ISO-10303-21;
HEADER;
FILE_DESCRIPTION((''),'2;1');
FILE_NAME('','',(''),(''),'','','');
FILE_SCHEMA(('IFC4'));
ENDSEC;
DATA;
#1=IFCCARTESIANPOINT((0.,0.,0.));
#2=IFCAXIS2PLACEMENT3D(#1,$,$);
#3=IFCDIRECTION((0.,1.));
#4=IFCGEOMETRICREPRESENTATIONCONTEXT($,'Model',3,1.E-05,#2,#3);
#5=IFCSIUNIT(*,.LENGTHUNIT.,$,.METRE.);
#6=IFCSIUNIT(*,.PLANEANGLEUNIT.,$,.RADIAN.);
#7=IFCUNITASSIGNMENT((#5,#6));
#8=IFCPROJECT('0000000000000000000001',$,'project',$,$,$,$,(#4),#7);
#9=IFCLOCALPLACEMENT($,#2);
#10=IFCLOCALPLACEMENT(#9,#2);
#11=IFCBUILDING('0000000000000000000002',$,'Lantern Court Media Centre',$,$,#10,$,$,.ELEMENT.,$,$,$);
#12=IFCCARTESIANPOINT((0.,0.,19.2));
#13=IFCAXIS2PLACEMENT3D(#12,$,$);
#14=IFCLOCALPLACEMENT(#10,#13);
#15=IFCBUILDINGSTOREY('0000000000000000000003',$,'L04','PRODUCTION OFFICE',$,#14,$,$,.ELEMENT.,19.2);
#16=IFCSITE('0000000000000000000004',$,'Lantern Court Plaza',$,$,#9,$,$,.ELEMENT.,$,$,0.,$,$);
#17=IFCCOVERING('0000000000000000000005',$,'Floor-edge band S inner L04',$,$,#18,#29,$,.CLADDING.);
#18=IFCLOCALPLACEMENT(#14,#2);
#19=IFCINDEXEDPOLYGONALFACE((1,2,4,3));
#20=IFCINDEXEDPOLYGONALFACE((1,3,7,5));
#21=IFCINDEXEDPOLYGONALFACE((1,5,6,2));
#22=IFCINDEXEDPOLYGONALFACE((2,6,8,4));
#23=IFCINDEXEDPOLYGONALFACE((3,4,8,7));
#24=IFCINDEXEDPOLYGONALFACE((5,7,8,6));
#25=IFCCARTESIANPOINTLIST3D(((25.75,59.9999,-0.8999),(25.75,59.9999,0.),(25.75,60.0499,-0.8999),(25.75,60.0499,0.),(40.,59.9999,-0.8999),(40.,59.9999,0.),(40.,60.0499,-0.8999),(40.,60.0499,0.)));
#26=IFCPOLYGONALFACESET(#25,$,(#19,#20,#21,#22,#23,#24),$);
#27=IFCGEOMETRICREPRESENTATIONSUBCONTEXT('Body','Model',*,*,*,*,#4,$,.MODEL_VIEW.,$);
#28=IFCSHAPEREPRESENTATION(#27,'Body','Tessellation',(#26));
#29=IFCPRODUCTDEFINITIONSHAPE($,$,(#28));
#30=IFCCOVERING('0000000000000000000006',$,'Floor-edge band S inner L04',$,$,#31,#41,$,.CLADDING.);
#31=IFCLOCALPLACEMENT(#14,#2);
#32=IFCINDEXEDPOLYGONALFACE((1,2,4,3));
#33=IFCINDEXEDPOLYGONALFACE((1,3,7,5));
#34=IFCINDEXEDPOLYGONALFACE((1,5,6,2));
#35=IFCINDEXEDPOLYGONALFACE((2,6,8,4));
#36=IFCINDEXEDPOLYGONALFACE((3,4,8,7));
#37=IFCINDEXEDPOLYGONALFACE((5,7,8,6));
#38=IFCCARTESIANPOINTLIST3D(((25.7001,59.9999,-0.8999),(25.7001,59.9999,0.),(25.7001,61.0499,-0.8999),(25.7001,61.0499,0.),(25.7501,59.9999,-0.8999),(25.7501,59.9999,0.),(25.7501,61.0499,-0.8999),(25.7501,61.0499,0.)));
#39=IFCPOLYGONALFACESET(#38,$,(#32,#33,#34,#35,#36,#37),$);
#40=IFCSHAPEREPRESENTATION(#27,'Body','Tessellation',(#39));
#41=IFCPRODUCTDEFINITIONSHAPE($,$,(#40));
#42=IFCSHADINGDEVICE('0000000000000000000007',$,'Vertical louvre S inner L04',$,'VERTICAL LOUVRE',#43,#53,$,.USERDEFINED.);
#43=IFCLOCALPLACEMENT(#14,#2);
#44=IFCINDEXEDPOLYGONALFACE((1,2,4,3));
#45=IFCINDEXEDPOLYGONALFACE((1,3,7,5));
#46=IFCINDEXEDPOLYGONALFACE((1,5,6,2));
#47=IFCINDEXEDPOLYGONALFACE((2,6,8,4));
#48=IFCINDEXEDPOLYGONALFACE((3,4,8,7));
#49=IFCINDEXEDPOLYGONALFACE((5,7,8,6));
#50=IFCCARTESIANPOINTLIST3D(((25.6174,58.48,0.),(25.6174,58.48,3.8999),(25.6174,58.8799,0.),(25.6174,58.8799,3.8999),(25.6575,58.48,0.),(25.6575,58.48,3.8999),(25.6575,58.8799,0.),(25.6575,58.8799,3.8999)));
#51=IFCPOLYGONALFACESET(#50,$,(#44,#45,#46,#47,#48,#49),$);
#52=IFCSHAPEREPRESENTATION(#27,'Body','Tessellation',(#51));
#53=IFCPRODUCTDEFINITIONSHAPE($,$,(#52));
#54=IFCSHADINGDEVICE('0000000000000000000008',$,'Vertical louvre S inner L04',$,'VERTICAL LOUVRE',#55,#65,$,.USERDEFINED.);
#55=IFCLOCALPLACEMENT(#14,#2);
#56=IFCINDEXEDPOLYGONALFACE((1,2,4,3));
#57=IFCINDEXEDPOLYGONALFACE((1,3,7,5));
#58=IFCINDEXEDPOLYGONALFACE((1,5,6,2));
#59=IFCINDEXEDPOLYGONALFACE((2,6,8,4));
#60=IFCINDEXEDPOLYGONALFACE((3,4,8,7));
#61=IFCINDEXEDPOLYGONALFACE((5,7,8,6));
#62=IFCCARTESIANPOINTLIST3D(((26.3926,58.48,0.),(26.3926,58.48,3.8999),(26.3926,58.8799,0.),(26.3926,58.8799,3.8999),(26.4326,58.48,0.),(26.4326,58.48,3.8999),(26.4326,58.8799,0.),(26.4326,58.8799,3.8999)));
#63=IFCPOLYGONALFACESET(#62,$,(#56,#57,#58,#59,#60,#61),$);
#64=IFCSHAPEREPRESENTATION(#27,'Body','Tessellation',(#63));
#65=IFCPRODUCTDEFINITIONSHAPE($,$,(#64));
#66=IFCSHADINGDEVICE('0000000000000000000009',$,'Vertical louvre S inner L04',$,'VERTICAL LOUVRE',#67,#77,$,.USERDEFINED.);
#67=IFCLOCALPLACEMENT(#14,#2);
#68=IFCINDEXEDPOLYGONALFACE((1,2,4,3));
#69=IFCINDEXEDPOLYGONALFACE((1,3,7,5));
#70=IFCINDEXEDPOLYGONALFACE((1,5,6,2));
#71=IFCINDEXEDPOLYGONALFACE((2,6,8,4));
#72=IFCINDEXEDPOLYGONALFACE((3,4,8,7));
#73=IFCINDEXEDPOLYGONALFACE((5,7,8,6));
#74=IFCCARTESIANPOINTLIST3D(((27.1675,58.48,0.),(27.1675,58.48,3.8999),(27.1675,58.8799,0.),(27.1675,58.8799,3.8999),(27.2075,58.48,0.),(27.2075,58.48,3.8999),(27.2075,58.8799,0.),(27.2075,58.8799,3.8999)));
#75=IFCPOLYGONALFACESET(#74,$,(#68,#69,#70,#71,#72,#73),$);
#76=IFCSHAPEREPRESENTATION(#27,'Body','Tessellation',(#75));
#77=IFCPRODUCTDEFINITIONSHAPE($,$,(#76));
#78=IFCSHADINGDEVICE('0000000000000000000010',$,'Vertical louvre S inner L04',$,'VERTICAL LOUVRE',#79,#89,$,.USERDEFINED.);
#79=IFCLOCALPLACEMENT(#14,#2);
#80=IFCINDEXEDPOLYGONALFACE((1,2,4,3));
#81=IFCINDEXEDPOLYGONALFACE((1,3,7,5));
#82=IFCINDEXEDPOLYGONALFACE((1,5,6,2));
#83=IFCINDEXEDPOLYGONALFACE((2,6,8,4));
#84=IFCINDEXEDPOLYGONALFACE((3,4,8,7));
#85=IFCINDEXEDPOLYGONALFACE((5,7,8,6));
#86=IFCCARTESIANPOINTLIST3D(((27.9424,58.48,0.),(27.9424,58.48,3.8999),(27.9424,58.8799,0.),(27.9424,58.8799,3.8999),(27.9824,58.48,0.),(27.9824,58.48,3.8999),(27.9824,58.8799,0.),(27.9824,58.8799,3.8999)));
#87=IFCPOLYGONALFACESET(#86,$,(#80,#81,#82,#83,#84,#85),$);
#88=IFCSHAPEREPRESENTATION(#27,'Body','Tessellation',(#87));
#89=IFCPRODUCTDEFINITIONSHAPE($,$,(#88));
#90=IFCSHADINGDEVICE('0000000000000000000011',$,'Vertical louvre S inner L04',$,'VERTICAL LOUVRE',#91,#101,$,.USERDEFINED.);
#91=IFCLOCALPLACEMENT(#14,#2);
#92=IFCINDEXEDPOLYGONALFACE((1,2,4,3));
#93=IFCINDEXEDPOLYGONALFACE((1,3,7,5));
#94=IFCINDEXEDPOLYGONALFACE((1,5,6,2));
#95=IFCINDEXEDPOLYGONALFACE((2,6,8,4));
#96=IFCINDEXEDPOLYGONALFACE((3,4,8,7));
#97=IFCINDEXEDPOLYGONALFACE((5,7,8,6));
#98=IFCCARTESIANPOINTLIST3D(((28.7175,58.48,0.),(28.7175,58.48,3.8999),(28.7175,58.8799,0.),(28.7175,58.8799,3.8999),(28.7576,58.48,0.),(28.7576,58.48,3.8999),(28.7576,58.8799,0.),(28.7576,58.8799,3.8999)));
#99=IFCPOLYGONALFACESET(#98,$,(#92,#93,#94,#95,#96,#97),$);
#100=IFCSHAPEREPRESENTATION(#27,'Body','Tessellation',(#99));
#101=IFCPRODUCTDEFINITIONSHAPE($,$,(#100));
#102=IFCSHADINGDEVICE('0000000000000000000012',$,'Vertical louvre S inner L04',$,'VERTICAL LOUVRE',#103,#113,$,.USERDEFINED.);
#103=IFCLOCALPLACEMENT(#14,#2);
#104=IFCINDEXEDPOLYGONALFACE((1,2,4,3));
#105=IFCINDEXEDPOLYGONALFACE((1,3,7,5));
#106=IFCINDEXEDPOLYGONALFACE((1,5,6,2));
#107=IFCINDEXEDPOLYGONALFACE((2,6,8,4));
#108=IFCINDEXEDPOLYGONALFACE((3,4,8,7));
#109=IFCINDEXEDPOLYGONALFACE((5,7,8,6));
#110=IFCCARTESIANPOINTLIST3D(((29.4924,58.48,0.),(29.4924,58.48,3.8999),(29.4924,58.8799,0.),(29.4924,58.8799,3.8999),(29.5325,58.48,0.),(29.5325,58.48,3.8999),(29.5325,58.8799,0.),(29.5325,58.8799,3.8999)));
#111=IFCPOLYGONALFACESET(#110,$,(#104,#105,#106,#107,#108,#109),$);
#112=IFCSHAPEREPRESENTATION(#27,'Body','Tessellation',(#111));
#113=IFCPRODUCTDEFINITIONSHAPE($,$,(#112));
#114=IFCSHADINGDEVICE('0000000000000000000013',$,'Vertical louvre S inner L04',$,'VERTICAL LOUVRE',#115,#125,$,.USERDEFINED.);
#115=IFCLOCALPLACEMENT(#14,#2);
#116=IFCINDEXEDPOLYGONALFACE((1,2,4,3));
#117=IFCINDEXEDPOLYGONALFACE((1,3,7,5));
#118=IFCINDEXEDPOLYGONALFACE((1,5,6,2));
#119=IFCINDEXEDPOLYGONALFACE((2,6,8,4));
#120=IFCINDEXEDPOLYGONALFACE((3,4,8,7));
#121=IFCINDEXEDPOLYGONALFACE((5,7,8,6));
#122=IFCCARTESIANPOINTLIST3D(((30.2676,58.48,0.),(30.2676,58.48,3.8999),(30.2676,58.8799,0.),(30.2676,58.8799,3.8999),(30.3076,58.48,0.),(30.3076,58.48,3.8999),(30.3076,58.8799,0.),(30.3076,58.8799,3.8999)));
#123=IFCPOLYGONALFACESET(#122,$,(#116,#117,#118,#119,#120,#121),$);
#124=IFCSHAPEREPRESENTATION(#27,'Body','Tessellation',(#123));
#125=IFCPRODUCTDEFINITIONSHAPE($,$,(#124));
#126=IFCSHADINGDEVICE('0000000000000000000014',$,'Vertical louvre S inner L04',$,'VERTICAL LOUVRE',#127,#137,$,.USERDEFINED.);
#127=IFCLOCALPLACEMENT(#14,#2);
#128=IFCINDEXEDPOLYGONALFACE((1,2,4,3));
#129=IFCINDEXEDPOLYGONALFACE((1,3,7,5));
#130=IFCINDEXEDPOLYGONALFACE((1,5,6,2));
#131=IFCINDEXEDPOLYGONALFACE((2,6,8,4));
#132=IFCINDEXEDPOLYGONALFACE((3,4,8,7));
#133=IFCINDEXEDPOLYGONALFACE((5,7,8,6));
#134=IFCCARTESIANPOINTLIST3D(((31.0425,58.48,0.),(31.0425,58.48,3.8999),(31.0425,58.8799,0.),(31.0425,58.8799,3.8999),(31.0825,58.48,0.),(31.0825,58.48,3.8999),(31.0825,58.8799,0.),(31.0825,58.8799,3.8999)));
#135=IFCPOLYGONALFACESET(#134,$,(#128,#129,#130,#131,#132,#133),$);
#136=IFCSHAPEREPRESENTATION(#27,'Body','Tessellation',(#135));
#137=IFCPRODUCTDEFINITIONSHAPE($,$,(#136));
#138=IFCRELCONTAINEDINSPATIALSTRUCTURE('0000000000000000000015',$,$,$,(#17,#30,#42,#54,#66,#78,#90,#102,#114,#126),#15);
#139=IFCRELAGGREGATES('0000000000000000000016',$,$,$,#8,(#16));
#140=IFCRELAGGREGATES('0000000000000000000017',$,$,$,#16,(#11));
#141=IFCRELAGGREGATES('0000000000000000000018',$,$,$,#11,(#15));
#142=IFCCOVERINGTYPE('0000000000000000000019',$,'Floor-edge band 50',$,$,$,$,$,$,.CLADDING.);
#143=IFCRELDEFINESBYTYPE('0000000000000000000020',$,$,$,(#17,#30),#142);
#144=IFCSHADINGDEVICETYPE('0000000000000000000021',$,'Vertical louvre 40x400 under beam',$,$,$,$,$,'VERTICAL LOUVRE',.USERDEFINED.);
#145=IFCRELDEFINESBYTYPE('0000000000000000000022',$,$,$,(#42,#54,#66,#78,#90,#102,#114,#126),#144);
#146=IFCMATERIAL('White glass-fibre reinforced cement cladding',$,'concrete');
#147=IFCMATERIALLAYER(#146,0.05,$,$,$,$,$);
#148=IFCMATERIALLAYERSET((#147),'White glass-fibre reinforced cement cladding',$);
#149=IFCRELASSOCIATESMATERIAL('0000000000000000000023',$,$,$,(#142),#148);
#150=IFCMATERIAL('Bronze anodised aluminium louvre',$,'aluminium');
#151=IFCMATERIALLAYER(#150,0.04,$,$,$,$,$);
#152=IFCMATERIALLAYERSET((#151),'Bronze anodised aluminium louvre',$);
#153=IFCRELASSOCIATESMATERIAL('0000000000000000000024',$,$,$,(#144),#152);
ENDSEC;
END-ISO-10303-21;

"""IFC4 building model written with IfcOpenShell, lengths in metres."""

from ifc_helpers import new_model, si_unit, direction, frame, frame_2d, origin, origin_2d, place, context, subcontext, project, spatial, rectangle, extrude, material, layer, layer_set, type_object, element, save


model = new_model("IFC4")

# Units and contexts
model_context = context("Model", 3, precision=1e-05, world=origin(), true_north=direction((0.0, 1.0)))
body_context = subcontext(model_context, "Body", "Model", "MODEL_VIEW")
ifc_project = project(units=[si_unit("LENGTHUNIT", "METRE"), si_unit("PLANEANGLEUNIT", "RADIAN")], contexts=[model_context])

# Site, building, storey
site_placement = place(None, origin())
site = spatial("IfcSite", under=ifc_project, at=site_placement, Name="Lantern Court Plaza", CompositionType="ELEMENT", RefElevation=0.0)
building_placement = place(site_placement, origin())
building = spatial("IfcBuilding", under=site, at=building_placement, Name="Lantern Court Media Centre", CompositionType="ELEMENT")
storey_placement = place(building_placement, frame((0.0, 0.0, 19.2)))
storey = spatial("IfcBuildingStorey", under=building, at=storey_placement, Name="L04", Description="PRODUCTION OFFICE", CompositionType="ELEMENT", Elevation=19.2)

# Coverings
ifc_material_1 = material(Name="White glass-fibre reinforced cement cladding", Category="concrete")
ifc_layer_1 = layer(ifc_material_1, 0.05)
ifc_layer_set_1 = layer_set([ifc_layer_1], Name="White glass-fibre reinforced cement cladding")
covering_type = type_object("IfcCoveringType", Name="Floor-edge band 50", PredefinedType="CLADDING", material=ifc_layer_set_1)
covering_1_placement = place(storey_placement, frame((25.75, 60.0249, -0.8999), z_axis=(0.0, 0.0, 1.0), x_axis=(1.0, 0.0, 0.0)))
element("IfcCovering", 1, at=covering_1_placement, inside=storey, type_object=covering_type, Name="Floor-edge band S inner L04", PredefinedType="CLADDING", context=body_context, shape_type="SweptSolid", body=[
    extrude(rectangle(XDim=14.25, YDim=0.05, at=frame_2d((7.125, 0.0))), origin(), (0.0, 0.0, 1.0), 0.8999),
])
covering_2_placement = place(storey_placement, frame((25.7251, 60.0, -0.8999), z_axis=(0.0, 0.0, 1.0), x_axis=(0.0, 1.0, 0.0)))
element("IfcCovering", 2, at=covering_2_placement, inside=storey, type_object=covering_type, Name="Floor-edge band S inner L04", PredefinedType="CLADDING", context=body_context, shape_type="SweptSolid", body=[
    extrude(rectangle(XDim=1.05, YDim=0.05, at=frame_2d((0.5249, 0.0))), origin(), (0.0, 0.0, 1.0), 0.8999),
])

# Shading devices
ifc_material_2 = material(Name="Bronze anodised aluminium louvre", Category="aluminium")
ifc_layer_2 = layer(ifc_material_2, 0.04)
ifc_layer_set_2 = layer_set([ifc_layer_2], Name="Bronze anodised aluminium louvre")
shading_device_type = type_object("IfcShadingDeviceType", Name="Vertical louvre 40x400 under beam", ElementType="VERTICAL LOUVRE", PredefinedType="USERDEFINED", material=ifc_layer_set_2)
for number, where, z_axis, x_axis, name in (
    (3, (25.6375, 58.6799, 0.0), (0.0, 0.0, 1.0), (1.0, 0.0, 0.0), "Vertical louvre S inner L04"),
    (4, (26.4126, 58.6799, 0.0), (0.0, 0.0, 1.0), (1.0, 0.0, 0.0), "Vertical louvre S inner L04"),
    (5, (27.1875, 58.6799, 0.0), (0.0, 0.0, 1.0), (1.0, 0.0, 0.0), "Vertical louvre S inner L04"),
    (6, (27.9624, 58.6799, 0.0), (0.0, 0.0, 1.0), (1.0, 0.0, 0.0), "Vertical louvre S inner L04"),
    (7, (28.7375, 58.6799, 0.0), (0.0, 0.0, 1.0), (1.0, 0.0, 0.0), "Vertical louvre S inner L04"),
    (8, (29.5125, 58.6799, 0.0), (0.0, 0.0, 1.0), (1.0, 0.0, 0.0), "Vertical louvre S inner L04"),
    (9, (30.2876, 58.6799, 0.0), (0.0, 0.0, 1.0), (1.0, 0.0, 0.0), "Vertical louvre S inner L04"),
    (10, (31.0625, 58.6799, 0.0), (0.0, 0.0, 1.0), (1.0, 0.0, 0.0), "Vertical louvre S inner L04"),
):
    element("IfcShadingDevice", number, at=place(storey_placement, frame(where, z_axis=z_axis, x_axis=x_axis)), inside=storey, type_object=shading_device_type, Name=name, ObjectType="VERTICAL LOUVRE", PredefinedType="USERDEFINED", context=body_context, shape_type="SweptSolid", body=[
        extrude(rectangle(XDim=0.04, YDim=0.3999, at=origin_2d()), origin(), (0.0, 0.0, 1.0), 3.8999),
    ])

save(model, "model.ifc")
